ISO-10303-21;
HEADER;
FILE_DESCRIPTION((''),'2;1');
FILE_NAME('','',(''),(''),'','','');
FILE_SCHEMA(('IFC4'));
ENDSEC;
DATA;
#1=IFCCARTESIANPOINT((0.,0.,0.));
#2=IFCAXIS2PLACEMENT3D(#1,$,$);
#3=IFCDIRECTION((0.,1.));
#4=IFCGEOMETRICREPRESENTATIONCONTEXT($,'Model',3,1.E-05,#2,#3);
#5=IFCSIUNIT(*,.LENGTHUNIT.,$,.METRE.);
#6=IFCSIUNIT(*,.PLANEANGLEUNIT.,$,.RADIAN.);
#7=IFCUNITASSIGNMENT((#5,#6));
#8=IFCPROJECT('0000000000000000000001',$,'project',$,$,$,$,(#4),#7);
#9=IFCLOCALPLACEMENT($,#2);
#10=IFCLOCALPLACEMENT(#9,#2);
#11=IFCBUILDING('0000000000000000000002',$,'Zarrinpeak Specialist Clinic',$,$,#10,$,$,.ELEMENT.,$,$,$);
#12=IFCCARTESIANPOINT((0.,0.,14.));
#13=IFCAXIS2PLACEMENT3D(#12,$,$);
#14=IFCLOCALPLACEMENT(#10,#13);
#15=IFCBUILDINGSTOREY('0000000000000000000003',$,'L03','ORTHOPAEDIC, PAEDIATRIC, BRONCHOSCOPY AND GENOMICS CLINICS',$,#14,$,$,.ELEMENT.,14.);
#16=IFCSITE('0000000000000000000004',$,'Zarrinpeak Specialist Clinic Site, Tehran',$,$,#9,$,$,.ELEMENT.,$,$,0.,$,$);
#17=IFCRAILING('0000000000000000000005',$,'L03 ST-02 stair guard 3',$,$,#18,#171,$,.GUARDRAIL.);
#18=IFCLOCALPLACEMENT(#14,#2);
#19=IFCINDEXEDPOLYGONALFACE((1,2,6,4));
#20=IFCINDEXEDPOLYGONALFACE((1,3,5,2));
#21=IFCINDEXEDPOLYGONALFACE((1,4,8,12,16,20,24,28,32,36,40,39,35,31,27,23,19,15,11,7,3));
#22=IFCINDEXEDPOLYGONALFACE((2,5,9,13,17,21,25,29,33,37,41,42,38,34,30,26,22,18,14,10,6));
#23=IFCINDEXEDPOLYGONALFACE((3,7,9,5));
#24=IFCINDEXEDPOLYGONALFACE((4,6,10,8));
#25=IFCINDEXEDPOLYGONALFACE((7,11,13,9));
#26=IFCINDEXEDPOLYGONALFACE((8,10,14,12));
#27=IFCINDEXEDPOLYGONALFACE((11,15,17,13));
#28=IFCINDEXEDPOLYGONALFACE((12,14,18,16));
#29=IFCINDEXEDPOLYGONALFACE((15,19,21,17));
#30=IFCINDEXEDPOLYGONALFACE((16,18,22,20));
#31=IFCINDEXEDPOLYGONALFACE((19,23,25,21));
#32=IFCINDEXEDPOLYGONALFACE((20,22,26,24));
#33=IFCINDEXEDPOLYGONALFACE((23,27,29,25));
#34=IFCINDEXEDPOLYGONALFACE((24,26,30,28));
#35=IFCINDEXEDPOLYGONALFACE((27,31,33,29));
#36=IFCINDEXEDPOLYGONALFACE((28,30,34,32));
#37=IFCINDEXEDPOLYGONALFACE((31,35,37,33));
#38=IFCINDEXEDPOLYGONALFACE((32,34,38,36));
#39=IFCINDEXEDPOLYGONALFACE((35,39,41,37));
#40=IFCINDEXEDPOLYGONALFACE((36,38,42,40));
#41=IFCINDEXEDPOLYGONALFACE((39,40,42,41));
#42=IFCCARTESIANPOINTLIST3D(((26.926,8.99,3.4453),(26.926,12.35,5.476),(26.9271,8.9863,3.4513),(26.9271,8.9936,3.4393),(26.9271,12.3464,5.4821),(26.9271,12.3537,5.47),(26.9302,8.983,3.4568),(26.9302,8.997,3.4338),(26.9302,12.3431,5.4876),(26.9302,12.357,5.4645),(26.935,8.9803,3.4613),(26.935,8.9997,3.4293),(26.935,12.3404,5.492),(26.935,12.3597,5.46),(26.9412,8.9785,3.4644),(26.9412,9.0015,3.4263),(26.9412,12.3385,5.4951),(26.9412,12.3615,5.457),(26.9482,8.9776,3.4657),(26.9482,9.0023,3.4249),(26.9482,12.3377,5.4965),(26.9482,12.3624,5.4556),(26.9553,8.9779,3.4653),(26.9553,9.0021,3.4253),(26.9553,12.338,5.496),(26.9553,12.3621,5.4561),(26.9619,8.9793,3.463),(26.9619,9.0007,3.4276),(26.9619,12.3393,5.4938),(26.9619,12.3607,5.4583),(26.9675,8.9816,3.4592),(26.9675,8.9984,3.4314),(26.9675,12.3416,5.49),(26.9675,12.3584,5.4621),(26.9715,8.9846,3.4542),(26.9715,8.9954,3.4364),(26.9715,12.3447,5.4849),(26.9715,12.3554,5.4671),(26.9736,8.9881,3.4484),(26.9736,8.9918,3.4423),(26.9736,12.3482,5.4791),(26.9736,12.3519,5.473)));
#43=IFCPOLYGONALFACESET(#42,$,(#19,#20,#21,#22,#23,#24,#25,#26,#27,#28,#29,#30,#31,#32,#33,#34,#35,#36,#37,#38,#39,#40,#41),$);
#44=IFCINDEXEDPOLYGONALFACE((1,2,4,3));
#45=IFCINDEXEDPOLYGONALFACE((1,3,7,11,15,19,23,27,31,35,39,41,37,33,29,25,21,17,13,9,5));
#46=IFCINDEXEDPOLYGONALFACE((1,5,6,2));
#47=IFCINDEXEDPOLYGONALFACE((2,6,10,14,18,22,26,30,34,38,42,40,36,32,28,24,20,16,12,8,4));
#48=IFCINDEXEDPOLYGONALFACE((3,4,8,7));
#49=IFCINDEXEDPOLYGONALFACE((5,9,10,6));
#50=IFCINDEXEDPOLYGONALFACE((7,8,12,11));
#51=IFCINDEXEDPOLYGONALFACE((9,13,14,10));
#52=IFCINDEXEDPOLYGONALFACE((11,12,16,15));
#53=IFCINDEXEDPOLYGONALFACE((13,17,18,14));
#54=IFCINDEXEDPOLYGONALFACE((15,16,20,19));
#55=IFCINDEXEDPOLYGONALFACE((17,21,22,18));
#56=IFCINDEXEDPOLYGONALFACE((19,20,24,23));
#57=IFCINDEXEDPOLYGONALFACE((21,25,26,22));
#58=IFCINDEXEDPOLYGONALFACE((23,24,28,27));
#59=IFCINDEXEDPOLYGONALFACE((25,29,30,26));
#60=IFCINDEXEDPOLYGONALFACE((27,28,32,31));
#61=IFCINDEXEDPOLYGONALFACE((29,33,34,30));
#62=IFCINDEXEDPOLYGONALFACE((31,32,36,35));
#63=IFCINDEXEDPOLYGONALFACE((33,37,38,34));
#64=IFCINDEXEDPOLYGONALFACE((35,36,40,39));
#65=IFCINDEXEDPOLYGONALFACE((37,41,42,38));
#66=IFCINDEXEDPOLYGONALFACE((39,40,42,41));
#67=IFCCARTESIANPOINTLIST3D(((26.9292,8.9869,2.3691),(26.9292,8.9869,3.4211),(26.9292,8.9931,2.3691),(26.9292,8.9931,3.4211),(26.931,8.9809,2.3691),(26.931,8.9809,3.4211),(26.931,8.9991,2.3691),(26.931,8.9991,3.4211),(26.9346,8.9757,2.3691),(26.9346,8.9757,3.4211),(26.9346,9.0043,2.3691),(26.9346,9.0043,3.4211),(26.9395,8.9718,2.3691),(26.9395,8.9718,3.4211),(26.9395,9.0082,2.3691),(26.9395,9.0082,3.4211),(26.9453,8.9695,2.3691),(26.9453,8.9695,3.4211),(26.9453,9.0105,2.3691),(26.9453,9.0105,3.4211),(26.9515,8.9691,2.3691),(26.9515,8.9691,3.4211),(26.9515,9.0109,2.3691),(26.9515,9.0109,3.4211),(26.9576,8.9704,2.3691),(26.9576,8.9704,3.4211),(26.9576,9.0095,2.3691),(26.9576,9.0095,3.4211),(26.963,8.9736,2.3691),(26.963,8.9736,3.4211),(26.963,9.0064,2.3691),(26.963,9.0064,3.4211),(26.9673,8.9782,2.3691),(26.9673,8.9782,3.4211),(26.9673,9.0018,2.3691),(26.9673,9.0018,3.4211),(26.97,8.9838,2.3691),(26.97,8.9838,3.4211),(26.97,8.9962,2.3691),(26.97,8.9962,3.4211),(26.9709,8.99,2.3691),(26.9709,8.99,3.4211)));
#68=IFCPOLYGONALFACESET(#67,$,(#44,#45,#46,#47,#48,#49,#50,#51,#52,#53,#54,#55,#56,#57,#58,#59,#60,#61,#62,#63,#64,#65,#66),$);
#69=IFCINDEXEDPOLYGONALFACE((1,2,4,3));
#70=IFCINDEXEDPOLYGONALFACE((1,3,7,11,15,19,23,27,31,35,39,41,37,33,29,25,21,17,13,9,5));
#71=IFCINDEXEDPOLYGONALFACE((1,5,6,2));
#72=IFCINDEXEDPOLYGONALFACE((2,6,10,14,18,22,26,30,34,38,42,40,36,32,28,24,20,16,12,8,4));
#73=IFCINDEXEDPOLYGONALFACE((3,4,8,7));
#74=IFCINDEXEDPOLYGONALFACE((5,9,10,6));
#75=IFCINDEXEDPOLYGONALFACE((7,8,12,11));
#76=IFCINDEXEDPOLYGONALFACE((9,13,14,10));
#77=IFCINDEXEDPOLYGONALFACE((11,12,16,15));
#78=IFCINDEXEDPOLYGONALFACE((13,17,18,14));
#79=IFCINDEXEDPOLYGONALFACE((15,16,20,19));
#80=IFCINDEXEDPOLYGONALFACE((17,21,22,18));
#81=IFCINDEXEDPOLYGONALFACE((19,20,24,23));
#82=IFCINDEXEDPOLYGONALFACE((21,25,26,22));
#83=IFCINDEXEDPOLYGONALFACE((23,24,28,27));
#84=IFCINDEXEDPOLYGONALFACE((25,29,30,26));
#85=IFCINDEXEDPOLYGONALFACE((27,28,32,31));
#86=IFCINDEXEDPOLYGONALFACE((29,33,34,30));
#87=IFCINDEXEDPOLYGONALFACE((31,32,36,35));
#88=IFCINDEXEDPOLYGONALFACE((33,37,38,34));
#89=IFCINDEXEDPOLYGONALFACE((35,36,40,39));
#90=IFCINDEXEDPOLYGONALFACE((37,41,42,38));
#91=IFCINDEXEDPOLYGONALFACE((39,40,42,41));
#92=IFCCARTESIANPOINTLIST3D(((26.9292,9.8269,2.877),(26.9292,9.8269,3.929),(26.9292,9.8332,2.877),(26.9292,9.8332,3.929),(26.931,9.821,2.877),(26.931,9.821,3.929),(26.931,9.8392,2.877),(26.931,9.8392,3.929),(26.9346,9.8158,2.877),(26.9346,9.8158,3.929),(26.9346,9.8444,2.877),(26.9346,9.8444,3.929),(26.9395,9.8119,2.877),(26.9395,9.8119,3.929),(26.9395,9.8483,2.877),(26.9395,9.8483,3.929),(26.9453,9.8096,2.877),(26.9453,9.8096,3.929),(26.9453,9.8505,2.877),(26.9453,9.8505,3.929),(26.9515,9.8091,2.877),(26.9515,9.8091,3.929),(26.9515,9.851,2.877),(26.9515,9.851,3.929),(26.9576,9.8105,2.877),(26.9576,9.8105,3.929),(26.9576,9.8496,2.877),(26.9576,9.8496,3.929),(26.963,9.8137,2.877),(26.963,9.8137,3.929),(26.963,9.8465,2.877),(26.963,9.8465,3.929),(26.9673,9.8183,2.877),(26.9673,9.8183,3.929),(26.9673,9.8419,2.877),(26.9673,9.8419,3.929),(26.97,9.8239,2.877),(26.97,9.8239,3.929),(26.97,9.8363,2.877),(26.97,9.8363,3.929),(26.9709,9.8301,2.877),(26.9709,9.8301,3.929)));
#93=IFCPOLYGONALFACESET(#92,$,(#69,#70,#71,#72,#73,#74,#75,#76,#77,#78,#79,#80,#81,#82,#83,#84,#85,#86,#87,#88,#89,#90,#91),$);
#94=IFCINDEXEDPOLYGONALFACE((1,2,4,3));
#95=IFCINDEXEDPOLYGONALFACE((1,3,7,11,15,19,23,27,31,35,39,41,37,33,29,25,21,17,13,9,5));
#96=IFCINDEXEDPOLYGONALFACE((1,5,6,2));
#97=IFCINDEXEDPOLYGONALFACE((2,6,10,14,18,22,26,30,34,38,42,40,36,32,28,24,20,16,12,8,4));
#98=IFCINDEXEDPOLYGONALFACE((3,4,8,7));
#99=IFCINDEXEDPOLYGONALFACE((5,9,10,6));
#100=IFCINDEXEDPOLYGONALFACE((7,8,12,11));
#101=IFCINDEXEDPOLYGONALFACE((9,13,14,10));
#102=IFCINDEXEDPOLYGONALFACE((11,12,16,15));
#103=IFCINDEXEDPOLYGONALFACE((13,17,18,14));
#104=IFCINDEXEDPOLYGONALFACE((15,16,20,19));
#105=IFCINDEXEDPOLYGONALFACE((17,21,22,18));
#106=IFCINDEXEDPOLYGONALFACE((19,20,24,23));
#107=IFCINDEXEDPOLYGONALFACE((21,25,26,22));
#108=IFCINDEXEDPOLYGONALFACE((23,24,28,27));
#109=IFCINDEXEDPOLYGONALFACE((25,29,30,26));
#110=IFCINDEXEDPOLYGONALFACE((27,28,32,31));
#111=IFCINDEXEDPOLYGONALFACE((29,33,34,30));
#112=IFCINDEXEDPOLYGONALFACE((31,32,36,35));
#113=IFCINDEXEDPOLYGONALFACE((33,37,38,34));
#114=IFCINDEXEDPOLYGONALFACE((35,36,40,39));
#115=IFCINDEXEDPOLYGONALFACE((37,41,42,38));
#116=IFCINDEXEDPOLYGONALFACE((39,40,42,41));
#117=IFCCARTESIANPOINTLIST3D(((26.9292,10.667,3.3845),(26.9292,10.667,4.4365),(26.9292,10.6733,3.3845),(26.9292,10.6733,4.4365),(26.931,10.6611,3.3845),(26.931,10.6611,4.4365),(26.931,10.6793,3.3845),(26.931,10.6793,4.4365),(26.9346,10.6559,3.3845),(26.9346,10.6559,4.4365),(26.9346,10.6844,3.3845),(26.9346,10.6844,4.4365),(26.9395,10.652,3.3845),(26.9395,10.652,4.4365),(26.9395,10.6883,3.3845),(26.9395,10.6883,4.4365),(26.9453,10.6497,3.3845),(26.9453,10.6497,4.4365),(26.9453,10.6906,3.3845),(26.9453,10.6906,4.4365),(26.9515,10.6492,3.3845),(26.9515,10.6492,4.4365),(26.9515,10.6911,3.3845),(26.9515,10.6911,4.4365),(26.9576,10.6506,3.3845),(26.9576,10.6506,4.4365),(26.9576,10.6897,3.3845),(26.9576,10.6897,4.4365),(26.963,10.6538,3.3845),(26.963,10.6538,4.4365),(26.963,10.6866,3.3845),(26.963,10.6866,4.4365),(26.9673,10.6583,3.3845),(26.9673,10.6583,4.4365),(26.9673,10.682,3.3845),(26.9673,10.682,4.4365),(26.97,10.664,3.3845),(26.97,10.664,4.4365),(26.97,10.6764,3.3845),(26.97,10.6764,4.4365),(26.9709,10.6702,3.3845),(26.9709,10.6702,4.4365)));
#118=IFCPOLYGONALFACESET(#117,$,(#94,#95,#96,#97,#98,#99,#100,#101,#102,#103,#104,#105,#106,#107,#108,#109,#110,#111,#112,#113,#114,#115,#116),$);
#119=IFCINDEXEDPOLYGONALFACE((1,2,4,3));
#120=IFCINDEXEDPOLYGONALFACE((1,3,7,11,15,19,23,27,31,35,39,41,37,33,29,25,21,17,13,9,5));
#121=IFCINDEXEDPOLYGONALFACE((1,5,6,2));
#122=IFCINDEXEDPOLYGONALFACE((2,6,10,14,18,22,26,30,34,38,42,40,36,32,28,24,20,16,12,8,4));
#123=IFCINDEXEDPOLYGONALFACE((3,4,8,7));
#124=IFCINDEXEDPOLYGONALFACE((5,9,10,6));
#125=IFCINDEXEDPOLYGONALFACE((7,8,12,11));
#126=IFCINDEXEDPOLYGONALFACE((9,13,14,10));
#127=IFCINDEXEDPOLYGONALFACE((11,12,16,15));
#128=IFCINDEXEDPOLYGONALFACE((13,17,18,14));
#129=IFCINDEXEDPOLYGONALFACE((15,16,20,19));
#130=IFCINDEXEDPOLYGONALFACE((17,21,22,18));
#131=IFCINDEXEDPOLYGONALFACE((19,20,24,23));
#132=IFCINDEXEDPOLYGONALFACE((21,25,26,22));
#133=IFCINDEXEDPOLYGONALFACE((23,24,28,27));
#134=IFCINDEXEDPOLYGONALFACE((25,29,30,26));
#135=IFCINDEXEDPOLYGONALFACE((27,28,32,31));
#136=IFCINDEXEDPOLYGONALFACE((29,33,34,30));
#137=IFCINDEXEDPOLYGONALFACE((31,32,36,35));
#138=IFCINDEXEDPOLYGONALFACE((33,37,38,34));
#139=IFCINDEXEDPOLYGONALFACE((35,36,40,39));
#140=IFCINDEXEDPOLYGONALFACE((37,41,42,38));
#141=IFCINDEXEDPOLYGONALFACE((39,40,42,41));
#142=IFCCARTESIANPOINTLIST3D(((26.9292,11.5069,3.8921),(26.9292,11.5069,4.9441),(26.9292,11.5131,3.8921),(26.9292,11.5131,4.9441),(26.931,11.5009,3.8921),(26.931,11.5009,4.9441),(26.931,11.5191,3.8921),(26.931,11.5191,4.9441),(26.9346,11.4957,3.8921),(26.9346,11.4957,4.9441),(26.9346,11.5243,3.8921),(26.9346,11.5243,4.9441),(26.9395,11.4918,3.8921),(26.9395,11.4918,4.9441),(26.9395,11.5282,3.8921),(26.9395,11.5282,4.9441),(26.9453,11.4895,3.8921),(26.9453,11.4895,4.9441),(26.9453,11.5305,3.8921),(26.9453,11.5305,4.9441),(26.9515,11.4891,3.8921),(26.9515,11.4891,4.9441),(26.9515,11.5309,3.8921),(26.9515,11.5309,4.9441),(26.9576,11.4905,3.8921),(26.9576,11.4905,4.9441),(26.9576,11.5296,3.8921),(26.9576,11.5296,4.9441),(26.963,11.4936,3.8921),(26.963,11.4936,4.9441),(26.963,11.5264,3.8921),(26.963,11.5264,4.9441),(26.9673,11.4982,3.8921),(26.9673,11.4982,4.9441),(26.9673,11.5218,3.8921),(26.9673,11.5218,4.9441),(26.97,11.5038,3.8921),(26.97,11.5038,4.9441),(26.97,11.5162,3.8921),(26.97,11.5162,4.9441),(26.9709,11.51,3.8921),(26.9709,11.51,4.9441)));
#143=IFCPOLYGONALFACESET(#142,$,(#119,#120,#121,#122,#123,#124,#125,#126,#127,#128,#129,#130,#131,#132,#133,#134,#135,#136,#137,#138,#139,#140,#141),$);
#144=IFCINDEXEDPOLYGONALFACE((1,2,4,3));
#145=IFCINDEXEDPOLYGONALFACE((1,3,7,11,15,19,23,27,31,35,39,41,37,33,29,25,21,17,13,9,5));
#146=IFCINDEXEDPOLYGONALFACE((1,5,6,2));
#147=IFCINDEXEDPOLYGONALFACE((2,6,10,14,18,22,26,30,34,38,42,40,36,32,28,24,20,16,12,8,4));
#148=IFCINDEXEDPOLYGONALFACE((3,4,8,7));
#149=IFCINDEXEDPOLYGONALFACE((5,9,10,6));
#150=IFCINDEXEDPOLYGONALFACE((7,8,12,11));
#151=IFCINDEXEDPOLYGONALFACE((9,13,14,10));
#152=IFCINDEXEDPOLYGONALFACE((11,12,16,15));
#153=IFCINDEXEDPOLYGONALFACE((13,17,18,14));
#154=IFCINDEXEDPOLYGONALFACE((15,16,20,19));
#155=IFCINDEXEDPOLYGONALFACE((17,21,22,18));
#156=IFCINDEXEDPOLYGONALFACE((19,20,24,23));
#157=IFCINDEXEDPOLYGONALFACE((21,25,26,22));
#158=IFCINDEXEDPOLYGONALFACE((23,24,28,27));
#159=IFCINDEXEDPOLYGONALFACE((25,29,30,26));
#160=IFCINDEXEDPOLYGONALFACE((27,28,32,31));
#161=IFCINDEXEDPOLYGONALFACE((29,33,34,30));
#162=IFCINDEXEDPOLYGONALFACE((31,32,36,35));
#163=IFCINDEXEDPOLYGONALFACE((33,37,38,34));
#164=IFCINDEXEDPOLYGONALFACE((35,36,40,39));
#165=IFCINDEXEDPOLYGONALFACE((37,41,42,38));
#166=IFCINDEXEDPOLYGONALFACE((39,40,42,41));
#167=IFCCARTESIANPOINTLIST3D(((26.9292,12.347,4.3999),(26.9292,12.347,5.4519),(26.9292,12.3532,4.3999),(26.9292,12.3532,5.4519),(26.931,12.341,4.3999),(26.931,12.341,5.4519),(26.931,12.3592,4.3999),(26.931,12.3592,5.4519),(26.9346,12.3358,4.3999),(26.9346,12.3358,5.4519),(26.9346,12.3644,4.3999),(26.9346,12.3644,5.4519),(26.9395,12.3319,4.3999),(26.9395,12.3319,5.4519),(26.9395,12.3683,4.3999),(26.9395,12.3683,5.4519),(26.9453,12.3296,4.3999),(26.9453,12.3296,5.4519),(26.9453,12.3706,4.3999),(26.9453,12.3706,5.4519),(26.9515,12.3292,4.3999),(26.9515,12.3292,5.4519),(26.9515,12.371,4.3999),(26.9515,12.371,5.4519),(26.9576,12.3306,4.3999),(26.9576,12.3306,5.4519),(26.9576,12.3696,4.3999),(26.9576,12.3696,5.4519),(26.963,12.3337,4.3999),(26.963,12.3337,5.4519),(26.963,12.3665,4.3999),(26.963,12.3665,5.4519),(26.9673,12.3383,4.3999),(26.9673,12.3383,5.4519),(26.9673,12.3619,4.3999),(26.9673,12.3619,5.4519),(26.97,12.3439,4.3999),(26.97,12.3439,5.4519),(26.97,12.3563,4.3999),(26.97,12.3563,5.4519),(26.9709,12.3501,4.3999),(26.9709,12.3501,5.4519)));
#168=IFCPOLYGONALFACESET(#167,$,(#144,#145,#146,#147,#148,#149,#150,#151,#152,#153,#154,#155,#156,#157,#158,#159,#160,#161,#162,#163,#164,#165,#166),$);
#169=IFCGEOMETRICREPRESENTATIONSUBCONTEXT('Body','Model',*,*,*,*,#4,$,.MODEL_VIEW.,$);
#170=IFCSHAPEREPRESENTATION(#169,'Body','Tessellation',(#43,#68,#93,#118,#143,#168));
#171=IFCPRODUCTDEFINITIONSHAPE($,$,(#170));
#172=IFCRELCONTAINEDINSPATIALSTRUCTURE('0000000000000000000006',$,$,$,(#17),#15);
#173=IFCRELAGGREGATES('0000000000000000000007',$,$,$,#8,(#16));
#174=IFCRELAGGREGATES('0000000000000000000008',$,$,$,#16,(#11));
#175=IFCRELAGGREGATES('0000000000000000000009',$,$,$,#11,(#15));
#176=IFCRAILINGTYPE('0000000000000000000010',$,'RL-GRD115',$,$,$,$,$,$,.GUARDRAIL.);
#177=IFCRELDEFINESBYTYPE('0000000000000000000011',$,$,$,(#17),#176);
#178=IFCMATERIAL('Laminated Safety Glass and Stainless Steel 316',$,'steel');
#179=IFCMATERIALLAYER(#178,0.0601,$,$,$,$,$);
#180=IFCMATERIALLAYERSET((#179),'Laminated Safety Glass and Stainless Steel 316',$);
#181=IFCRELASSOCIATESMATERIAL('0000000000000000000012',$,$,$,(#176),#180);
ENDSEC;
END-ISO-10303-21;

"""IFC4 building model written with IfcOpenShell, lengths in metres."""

from ifc_helpers import new_model, si_unit, direction, frame, origin, origin_2d, place, context, subcontext, project, spatial, circle, extrude, material, layer, layer_set, type_object, element, save


model = new_model("IFC4")

# Units and contexts
model_context = context("Model", 3, precision=1e-05, world=origin(), true_north=direction((0.0, 1.0)))
body_context = subcontext(model_context, "Body", "Model", "MODEL_VIEW")
ifc_project = project(units=[si_unit("LENGTHUNIT", "METRE"), si_unit("PLANEANGLEUNIT", "RADIAN")], contexts=[model_context])

# Site, building, storey
site_placement = place(None, origin())
site = spatial("IfcSite", under=ifc_project, at=site_placement, Name="Zarrinpeak Specialist Clinic Site, Tehran", CompositionType="ELEMENT", RefElevation=0.0)
building_placement = place(site_placement, origin())
building = spatial("IfcBuilding", under=site, at=building_placement, Name="Zarrinpeak Specialist Clinic", CompositionType="ELEMENT")
storey_placement = place(building_placement, frame((0.0, 0.0, 14.0)))
storey = spatial("IfcBuildingStorey", under=building, at=storey_placement, Name="L03", Description="ORTHOPAEDIC, PAEDIATRIC, BRONCHOSCOPY AND GENOMICS CLINICS", CompositionType="ELEMENT", Elevation=14.0)

# Railing
ifc_material_1 = material(Name="Laminated Safety Glass and Stainless Steel 316", Category="steel")
ifc_layer_1 = layer(ifc_material_1, 0.0601)
ifc_layer_set_1 = layer_set([ifc_layer_1], Name="Laminated Safety Glass and Stainless Steel 316")
railing_type_1 = type_object("IfcRailingType", Name="RL-GRD115", PredefinedType="GUARDRAIL", material=ifc_layer_set_1)
railing_1_placement = place(storey_placement, frame((26.95, 8.99, 2.3691)))
element("IfcRailing", 1, at=railing_1_placement, inside=storey, type_object=railing_type_1, Name="L03 ST-02 stair guard 3", PredefinedType="GUARDRAIL", context=body_context, shape_type="SweptSolid", body=[
    extrude(circle(Radius=0.0239, at=origin_2d()), frame((0.0, 0.0, 1.0762), z_axis=(0.0, 0.855837, 0.517246), x_axis=(-1.0, 0.0, 0.0)), (0.0, 0.0, 1.0), 3.926),
    extrude(circle(Radius=0.021, at=origin_2d()), origin(), (0.0, 0.0, 1.0), 1.052),
    extrude(circle(Radius=0.021, at=origin_2d()), frame((0.0, 0.8401, 0.5078)), (0.0, 0.0, 1.0), 1.052),
    extrude(circle(Radius=0.021, at=origin_2d()), frame((0.0, 1.6802, 1.0154)), (0.0, 0.0, 1.0), 1.052),
    extrude(circle(Radius=0.021, at=origin_2d()), frame((0.0, 2.52, 1.5229)), (0.0, 0.0, 1.0), 1.052),
    extrude(circle(Radius=0.021, at=origin_2d()), frame((0.0, 3.3601, 2.0308)), (0.0, 0.0, 1.0), 1.052),
])

save(model, "model.ifc")
